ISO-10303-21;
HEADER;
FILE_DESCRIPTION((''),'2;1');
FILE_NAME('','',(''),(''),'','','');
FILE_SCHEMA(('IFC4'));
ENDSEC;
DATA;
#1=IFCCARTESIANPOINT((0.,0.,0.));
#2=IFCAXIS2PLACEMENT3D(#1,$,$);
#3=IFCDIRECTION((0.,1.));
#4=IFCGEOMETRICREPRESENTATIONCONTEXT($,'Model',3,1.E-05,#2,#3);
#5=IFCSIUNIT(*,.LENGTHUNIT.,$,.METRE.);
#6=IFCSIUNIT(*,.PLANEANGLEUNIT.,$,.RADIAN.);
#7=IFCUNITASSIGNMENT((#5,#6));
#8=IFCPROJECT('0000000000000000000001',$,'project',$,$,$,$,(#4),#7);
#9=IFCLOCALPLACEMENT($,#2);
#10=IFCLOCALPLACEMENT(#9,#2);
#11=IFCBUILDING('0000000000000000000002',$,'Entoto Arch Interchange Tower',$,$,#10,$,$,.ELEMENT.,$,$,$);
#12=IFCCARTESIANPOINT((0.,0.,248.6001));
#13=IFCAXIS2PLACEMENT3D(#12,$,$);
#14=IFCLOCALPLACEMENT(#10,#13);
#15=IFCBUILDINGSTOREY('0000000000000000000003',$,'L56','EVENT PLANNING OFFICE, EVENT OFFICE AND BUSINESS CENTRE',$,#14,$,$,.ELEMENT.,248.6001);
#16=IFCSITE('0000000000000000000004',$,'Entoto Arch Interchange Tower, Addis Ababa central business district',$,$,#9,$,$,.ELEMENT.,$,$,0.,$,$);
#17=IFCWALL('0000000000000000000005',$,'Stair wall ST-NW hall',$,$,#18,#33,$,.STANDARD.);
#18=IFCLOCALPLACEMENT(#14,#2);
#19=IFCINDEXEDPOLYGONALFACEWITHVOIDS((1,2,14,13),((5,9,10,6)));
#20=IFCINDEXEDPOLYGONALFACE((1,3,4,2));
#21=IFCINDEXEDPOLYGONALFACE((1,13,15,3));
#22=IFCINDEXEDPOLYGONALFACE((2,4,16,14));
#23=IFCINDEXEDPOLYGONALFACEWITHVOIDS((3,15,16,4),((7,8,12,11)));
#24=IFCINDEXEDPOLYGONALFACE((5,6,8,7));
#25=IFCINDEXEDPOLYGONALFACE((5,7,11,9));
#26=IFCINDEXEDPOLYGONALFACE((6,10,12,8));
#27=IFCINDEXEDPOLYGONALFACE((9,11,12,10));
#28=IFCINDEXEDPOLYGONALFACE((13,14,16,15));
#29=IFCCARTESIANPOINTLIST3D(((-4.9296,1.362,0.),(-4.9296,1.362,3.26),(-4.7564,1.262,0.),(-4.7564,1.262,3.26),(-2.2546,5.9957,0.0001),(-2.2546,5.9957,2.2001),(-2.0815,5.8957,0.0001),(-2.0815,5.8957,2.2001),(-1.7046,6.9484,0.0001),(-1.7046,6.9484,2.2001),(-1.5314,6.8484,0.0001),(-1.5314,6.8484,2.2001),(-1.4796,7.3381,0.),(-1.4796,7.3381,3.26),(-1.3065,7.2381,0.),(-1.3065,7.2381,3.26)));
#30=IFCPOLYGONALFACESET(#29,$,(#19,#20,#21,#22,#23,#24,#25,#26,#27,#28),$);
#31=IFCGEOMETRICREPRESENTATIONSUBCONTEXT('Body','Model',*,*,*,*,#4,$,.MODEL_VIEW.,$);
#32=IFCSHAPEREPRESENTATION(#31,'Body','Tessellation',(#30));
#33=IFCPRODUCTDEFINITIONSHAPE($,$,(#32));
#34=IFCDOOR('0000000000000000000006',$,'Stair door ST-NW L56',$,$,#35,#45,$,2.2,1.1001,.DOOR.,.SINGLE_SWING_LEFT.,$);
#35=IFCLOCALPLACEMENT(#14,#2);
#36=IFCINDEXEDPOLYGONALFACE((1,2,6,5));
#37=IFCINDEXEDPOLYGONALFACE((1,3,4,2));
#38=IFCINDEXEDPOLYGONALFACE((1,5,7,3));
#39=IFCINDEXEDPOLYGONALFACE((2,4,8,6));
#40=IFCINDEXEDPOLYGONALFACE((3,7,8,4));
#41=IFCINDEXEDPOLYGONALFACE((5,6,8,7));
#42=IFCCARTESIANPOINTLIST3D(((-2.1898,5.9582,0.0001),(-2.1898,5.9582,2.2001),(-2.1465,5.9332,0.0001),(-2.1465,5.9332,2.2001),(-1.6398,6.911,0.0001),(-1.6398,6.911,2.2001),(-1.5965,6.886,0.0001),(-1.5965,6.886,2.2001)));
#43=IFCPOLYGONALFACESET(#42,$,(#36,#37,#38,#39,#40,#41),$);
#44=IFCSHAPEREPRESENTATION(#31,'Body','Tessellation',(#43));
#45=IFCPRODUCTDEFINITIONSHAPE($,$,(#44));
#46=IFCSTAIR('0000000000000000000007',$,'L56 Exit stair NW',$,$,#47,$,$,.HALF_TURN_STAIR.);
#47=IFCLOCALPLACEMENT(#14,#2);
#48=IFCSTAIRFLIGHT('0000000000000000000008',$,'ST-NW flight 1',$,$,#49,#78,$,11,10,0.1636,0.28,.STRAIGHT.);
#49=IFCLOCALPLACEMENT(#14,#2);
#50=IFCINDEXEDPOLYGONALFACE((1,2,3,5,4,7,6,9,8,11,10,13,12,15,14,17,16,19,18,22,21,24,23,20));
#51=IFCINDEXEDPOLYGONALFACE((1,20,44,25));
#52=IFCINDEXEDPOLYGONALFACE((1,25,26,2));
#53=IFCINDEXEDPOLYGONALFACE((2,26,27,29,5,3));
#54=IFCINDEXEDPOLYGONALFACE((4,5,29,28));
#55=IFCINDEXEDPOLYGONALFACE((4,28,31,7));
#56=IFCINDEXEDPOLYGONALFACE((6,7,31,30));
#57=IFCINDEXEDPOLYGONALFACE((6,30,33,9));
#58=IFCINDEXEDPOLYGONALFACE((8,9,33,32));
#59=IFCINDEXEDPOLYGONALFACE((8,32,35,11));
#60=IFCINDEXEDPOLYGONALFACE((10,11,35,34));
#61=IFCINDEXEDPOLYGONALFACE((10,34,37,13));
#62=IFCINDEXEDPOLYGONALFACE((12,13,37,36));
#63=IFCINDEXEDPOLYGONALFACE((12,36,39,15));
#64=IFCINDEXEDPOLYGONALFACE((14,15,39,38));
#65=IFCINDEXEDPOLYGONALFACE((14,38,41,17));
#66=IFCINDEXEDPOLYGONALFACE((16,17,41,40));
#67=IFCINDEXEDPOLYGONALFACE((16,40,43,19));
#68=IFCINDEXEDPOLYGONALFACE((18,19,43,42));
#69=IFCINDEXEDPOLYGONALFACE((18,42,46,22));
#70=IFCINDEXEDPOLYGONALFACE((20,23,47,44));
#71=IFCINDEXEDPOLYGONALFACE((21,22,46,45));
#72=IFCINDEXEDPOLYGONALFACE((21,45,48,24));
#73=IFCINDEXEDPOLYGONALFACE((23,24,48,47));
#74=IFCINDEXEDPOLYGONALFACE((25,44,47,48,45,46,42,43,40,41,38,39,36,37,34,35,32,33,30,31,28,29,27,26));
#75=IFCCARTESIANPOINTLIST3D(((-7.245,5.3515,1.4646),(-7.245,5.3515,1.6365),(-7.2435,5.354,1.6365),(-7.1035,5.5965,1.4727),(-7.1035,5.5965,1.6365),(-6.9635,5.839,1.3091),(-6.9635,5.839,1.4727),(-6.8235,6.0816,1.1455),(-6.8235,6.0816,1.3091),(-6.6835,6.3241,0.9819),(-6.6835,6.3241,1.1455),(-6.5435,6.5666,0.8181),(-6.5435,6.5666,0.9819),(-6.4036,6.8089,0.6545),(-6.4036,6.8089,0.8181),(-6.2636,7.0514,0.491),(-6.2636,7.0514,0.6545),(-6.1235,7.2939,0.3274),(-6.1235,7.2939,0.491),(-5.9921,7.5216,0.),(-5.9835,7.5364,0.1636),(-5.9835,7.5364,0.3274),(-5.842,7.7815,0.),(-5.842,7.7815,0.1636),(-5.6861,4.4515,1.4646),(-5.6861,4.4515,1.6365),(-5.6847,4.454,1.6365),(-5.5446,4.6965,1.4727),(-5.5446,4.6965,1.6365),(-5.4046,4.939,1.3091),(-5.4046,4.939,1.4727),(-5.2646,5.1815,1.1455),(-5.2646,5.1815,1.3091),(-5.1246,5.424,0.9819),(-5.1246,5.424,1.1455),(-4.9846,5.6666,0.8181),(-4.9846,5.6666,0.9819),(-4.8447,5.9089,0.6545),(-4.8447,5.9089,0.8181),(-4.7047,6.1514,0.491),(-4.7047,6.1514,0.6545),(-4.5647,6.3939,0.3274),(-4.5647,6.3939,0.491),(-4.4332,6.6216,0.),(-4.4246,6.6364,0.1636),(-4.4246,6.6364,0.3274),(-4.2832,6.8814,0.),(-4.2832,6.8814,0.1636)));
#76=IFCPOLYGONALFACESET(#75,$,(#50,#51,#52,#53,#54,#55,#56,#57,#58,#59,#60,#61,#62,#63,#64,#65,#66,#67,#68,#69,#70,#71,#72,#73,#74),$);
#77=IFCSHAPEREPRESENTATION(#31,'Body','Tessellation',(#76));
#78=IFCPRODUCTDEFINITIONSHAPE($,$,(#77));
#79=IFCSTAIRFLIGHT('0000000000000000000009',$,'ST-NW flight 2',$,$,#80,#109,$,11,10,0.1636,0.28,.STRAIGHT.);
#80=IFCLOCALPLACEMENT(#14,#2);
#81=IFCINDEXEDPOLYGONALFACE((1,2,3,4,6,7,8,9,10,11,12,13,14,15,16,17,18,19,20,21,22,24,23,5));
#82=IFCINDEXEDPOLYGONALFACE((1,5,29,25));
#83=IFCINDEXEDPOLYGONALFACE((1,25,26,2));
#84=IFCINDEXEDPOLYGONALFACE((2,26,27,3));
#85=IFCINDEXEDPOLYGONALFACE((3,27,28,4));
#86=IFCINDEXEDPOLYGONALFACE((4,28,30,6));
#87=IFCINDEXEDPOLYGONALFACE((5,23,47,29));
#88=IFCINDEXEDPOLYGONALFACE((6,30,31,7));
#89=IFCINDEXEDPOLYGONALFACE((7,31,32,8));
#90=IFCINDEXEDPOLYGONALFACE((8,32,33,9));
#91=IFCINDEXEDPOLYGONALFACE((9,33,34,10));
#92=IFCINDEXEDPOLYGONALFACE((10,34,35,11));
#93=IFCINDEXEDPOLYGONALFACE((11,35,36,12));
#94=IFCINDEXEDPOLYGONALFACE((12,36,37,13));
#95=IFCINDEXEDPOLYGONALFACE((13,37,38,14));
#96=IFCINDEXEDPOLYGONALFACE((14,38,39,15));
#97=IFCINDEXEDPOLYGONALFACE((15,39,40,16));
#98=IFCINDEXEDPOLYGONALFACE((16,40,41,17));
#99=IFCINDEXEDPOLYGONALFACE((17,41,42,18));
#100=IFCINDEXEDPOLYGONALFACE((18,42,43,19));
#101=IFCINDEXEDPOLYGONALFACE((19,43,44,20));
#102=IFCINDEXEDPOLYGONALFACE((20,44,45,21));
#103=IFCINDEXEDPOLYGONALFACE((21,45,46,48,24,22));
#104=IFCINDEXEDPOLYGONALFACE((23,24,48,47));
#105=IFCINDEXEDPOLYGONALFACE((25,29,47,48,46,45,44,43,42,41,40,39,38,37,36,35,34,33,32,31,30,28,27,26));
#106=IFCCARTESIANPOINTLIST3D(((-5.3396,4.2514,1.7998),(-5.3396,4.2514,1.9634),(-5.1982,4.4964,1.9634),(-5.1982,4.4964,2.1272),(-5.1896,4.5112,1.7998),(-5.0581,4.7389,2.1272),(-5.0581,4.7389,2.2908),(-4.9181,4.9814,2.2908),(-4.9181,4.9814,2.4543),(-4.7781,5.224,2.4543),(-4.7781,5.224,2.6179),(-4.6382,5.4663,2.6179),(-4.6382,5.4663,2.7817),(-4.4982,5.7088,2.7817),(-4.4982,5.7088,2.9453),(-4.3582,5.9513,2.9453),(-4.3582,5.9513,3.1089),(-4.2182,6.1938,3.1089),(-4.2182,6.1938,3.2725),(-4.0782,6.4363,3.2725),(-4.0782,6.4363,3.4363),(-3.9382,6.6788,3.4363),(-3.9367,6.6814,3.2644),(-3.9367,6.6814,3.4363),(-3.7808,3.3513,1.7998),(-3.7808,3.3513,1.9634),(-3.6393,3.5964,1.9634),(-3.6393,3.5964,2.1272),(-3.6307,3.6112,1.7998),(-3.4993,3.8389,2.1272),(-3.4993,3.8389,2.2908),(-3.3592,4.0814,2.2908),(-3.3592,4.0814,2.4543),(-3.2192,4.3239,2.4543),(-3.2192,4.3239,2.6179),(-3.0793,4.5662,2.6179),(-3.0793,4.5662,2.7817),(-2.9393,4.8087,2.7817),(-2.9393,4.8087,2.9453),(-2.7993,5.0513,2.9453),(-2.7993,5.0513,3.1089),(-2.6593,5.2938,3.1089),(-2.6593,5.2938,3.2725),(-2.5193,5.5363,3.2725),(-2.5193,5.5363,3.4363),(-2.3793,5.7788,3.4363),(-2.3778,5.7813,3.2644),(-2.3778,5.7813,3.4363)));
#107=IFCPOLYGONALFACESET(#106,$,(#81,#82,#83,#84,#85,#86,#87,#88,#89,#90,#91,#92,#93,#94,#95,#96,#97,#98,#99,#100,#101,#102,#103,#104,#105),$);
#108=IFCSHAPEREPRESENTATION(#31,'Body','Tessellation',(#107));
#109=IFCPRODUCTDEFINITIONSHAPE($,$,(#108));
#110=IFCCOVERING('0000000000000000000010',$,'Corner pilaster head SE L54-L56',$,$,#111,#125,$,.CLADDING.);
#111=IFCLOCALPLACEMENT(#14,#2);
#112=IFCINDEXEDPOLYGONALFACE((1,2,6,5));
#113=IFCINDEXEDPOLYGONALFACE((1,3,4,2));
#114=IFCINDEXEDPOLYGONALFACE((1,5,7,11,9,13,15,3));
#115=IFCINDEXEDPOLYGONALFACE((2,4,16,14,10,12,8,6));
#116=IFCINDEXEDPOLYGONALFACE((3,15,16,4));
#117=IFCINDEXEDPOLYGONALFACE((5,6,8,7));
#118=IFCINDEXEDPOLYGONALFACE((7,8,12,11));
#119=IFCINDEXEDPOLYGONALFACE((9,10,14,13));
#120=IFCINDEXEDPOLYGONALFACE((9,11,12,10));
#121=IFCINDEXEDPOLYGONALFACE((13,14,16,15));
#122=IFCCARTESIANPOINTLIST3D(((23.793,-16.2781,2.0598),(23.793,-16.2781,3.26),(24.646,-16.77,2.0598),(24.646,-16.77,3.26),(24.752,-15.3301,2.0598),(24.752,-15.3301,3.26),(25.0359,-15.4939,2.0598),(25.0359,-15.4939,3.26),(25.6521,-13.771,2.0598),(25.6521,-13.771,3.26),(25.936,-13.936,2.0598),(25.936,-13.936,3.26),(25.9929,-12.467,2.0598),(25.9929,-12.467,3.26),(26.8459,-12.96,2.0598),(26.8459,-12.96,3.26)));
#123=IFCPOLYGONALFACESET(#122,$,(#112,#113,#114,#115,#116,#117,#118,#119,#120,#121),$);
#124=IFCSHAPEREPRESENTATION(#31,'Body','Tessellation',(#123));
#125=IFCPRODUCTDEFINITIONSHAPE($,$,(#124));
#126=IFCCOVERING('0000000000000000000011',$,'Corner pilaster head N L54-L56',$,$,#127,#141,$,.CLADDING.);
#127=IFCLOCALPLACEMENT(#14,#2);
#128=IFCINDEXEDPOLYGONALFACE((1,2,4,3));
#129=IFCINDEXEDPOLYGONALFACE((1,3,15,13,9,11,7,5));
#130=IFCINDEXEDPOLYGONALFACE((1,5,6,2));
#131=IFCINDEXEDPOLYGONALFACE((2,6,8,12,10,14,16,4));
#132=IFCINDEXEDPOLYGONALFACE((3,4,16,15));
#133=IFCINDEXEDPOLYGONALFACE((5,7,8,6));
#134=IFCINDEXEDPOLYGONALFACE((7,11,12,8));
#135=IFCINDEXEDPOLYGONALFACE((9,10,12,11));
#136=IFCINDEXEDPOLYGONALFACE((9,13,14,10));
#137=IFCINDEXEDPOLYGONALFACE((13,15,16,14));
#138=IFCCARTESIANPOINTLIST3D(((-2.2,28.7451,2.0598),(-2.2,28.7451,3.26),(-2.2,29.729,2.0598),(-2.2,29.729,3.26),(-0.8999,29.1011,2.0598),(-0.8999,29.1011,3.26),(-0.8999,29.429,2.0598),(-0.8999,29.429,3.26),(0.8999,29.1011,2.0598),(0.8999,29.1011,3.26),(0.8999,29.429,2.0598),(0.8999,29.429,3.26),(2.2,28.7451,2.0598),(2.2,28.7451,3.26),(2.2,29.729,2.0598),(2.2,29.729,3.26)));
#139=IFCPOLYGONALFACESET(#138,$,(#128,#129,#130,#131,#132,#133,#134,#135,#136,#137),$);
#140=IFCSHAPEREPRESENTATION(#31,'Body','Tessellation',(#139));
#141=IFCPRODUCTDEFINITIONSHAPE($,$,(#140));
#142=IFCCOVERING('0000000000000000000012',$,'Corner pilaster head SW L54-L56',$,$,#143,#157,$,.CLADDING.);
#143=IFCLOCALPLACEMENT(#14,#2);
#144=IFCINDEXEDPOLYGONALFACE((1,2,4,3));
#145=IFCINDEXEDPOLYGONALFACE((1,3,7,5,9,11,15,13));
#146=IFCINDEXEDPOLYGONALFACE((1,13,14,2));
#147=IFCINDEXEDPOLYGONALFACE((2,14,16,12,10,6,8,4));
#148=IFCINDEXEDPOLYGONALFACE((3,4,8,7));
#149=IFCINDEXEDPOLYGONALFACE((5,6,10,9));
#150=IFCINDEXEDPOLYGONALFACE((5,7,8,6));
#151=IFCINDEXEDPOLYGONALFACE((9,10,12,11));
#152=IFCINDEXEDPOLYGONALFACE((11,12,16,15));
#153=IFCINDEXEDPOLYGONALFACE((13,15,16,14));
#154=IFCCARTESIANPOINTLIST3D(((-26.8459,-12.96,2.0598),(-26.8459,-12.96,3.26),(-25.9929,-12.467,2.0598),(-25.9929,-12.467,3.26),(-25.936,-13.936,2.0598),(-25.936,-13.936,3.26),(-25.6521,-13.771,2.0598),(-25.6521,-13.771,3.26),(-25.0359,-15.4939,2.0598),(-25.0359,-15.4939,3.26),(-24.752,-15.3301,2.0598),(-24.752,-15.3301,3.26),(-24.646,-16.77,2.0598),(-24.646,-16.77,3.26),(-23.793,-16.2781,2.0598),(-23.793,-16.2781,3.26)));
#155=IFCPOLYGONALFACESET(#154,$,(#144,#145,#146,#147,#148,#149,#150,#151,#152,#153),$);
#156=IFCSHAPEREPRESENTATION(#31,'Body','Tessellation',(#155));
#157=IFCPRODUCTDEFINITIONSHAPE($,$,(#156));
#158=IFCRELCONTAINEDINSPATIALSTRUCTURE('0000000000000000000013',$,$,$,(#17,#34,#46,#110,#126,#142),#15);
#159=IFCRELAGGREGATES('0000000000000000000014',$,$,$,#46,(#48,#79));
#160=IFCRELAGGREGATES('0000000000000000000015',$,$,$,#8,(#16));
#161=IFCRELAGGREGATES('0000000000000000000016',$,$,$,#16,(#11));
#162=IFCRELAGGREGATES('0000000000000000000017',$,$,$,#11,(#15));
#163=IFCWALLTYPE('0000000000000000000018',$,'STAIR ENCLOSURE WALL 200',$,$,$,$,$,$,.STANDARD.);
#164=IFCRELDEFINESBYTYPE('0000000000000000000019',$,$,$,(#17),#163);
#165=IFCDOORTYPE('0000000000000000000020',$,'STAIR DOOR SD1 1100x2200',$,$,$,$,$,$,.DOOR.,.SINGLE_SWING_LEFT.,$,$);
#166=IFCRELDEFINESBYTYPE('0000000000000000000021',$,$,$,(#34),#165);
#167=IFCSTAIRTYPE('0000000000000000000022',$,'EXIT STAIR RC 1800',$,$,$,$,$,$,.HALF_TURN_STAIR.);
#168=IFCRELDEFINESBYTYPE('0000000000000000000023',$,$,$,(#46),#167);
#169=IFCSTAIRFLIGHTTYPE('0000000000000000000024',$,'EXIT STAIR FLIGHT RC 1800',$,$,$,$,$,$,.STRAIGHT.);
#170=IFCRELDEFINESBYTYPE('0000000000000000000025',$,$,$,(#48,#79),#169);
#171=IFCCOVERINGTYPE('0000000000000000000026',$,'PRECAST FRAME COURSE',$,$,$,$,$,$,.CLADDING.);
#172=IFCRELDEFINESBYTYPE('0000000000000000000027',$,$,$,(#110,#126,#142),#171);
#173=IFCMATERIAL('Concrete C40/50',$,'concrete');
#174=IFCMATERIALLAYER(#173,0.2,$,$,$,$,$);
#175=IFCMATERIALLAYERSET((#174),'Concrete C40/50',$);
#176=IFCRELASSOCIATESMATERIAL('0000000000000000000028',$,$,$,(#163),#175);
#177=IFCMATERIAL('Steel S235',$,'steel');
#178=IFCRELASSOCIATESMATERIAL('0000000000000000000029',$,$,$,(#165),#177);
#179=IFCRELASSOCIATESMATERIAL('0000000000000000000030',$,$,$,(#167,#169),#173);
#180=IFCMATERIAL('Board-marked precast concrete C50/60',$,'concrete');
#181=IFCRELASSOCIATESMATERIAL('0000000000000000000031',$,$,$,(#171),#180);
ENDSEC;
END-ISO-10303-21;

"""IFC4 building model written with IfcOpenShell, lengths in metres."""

from ifc_helpers import new_model, si_unit, direction, frame, frame_2d, origin, place, context, subcontext, project, spatial, polyline, rectangle, outline, extrude, material, layer, layer_set, type_object, element, fill, aggregate, save


model = new_model("IFC4")

# Units and contexts
model_context = context("Model", 3, precision=1e-05, world=origin(), true_north=direction((0.0, 1.0)))
body_context = subcontext(model_context, "Body", "Model", "MODEL_VIEW")
ifc_project = project(units=[si_unit("LENGTHUNIT", "METRE"), si_unit("PLANEANGLEUNIT", "RADIAN")], contexts=[model_context])

# Site, building, storey
site_placement = place(None, origin())
site = spatial("IfcSite", under=ifc_project, at=site_placement, Name="Entoto Arch Interchange Tower, Addis Ababa central business district", CompositionType="ELEMENT", RefElevation=0.0)
building_placement = place(site_placement, origin())
building = spatial("IfcBuilding", under=site, at=building_placement, Name="Entoto Arch Interchange Tower", CompositionType="ELEMENT")
storey_placement = place(building_placement, frame((0.0, 0.0, 248.6001)))
storey = spatial("IfcBuildingStorey", under=building, at=storey_placement, Name="L56", Description="EVENT PLANNING OFFICE, EVENT OFFICE AND BUSINESS CENTRE", CompositionType="ELEMENT", Elevation=248.6001)

# Shared definitions
ifc_material_1 = material(Name="Board-marked precast concrete C50/60", Category="concrete")

# Shared definitions
ifc_material_2 = material(Name="Concrete C40/50", Category="concrete")

# Shared definitions
ifc_layer_1 = layer(ifc_material_2, 0.2)
ifc_layer_set_1 = layer_set([ifc_layer_1], Name="Concrete C40/50")
wall_type_1 = type_object("IfcWallType", Name="STAIR ENCLOSURE WALL 200", PredefinedType="STANDARD", material=ifc_layer_set_1)
ifc_material_3 = material(Name="Steel S235", Category="steel")
door_type_1 = type_object("IfcDoorType", Name="STAIR DOOR SD1 1100x2200", OperationType="SINGLE_SWING_LEFT", PredefinedType="DOOR", material=ifc_material_3)

# Wall, opening, door
wall_1_placement = place(storey_placement, frame((-1.3931, 7.2881, 0.0), z_axis=(0.0, 0.0, 1.0), x_axis=(-0.499963, -0.866047, 0.0)))
wall_1 = element("IfcWall", 1, at=wall_1_placement, inside=storey, type_object=wall_type_1, Name="Stair wall ST-NW hall", PredefinedType="STANDARD", context=body_context, shape_type="SweptSolid", body=[
    extrude(rectangle(XDim=6.9004, YDim=0.2, at=frame_2d((3.4502, 0.0))), origin(), (0.0, 0.0, 1.0), 3.26),
])
opening_1_placement = place(wall_1_placement, frame((0.45, 0.0, 0.0)))
opening_1 = element("IfcOpeningElement", 2, at=opening_1_placement, cuts=wall_1, PredefinedType="OPENING", context=body_context, shape_type="SweptSolid", body=[
    extrude(rectangle(XDim=1.1001, YDim=2.2, at=frame_2d((0.55, 1.1001))), frame((0.0, 0.1099, 0.0), z_axis=(0.0, -1.0, 0.0), x_axis=(1.0, 0.0, 0.0)), (0.0, 0.0, 1.0), 0.22),
])
door_1_placement = place(opening_1_placement, origin())
door_1 = element("IfcDoor", 3, at=door_1_placement, inside=storey, type_object=door_type_1, Name="Stair door ST-NW L56", OperationType="SINGLE_SWING_LEFT", OverallHeight=2.2, OverallWidth=1.1001, PredefinedType="DOOR", context=body_context, shape_type="SweptSolid", body=[
    extrude(rectangle(XDim=1.1001, YDim=2.2, at=frame_2d((0.55, 1.1001))), frame((0.0, 0.0249, 0.0), z_axis=(0.0, -1.0, 0.0), x_axis=(1.0, 0.0, 0.0)), (0.0, 0.0, 1.0), 0.05),
])
fill(opening_1, door_1)

# Stair, stair flights
stair_type = type_object("IfcStairType", Name="EXIT STAIR RC 1800", PredefinedType="HALF_TURN_STAIR", material=ifc_material_2)
stair_placement = place(storey_placement, origin())
stair = element("IfcStair", 4, at=stair_placement, inside=storey, type_object=stair_type, Name="L56 Exit stair NW", PredefinedType="HALF_TURN_STAIR")
stair_flight_type = type_object("IfcStairFlightType", Name="EXIT STAIR FLIGHT RC 1800", PredefinedType="STRAIGHT", material=ifc_material_2)
stair_flight_1_placement = place(storey_placement, frame((-5.064, 7.3289, 0.0), z_axis=(0.0, 0.0, 1.0), x_axis=(-0.5, -0.866025, 0.0)))
stair_flight_1 = element("IfcStairFlight", 5, at=stair_flight_1_placement, type_object=stair_flight_type, Name="ST-NW flight 1", NumberOfRisers=11, NumberOfTreads=10, PredefinedType="STRAIGHT", RiserHeight=0.1636, TreadLength=0.28, context=body_context, shape_type="SweptSolid", body=[
    extrude(outline(polyline([(-0.0029, 0.0), (-0.0029, 0.1636), (0.28, 0.1636), (0.28, 0.3274), (0.5601, 0.3274), (0.5601, 0.491), (0.8401, 0.491), (0.8401, 0.6545), (1.1201, 0.6545), (1.1201, 0.8181), (1.3999, 0.8181), (1.3999, 0.9819), (1.6799, 0.9819), (1.6799, 1.1455), (1.96, 1.1455), (1.96, 1.3091), (2.24, 1.3091), (2.24, 1.4727), (2.52, 1.4727), (2.52, 1.6365), (2.8, 1.6365), (2.803, 1.6365), (2.803, 1.4646), (0.2971, 0.0), (-0.0029, 0.0)])), frame((0.0, 0.8999, 0.0), z_axis=(0.0, -1.0, 0.0), x_axis=(1.0, 0.0, 0.0)), (0.0, 0.0, 1.0), 1.8),
])
stair_flight_2_placement = place(storey_placement, frame((-4.5588, 3.804, 1.7998), z_axis=(0.0, 0.0, 1.0), x_axis=(0.5, 0.866025, 0.0)))
stair_flight_2 = element("IfcStairFlight", 6, at=stair_flight_2_placement, type_object=stair_flight_type, Name="ST-NW flight 2", NumberOfRisers=11, NumberOfTreads=10, PredefinedType="STRAIGHT", RiserHeight=0.1636, TreadLength=0.28, context=body_context, shape_type="SweptSolid", body=[
    extrude(outline(polyline([(-0.0029, 0.0), (-0.0029, 0.1636), (0.28, 0.1636), (0.28, 0.3274), (0.5601, 0.3274), (0.5601, 0.491), (0.8401, 0.491), (0.8401, 0.6545), (1.1201, 0.6545), (1.1201, 0.8181), (1.3999, 0.8181), (1.3999, 0.9819), (1.6799, 0.9819), (1.6799, 1.1455), (1.96, 1.1455), (1.96, 1.3091), (2.24, 1.3091), (2.24, 1.4727), (2.52, 1.4727), (2.52, 1.6365), (2.8, 1.6365), (2.803, 1.6365), (2.803, 1.4646), (0.2971, 0.0), (-0.0029, 0.0)])), frame((0.0, 0.8999, 0.0), z_axis=(0.0, -1.0, 0.0), x_axis=(1.0, 0.0, 0.0)), (0.0, 0.0, 1.0), 1.8),
])
aggregate(stair, [stair_flight_1, stair_flight_2])

# Coverings
covering_type = type_object("IfcCoveringType", Name="PRECAST FRAME COURSE", PredefinedType="CLADDING", material=ifc_material_1)
covering_1_placement = place(storey_placement, frame((0.0, 0.0, 2.0598)))
element("IfcCovering", 7, at=covering_1_placement, inside=storey, type_object=covering_type, Name="Corner pilaster head SE L54-L56", PredefinedType="CLADDING", context=body_context, shape_type="SweptSolid", body=[
    extrude(outline(polyline([(26.8459, -12.96), (24.646, -16.77), (23.793, -16.2781), (24.752, -15.3301), (25.0359, -15.4939), (25.936, -13.936), (25.6521, -13.771), (25.9929, -12.467), (26.8459, -12.96)])), origin(), (0.0, 0.0, 1.0), 1.2002),
])
covering_2_placement = place(storey_placement, frame((0.0, 0.0, 2.0598)))
element("IfcCovering", 8, at=covering_2_placement, inside=storey, type_object=covering_type, Name="Corner pilaster head N L54-L56", PredefinedType="CLADDING", context=body_context, shape_type="SweptSolid", body=[
    extrude(outline(polyline([(-2.2, 29.729), (2.2, 29.729), (2.2, 28.7451), (0.8999, 29.1011), (0.8999, 29.429), (-0.8999, 29.429), (-0.8999, 29.1011), (-2.2, 28.7451), (-2.2, 29.729)])), origin(), (0.0, 0.0, 1.0), 1.2002),
])
covering_3_placement = place(storey_placement, frame((0.0, 0.0, 2.0598)))
element("IfcCovering", 9, at=covering_3_placement, inside=storey, type_object=covering_type, Name="Corner pilaster head SW L54-L56", PredefinedType="CLADDING", context=body_context, shape_type="SweptSolid", body=[
    extrude(outline(polyline([(-24.646, -16.77), (-26.8459, -12.96), (-25.9929, -12.467), (-25.6521, -13.771), (-25.936, -13.936), (-25.0359, -15.4939), (-24.752, -15.3301), (-23.793, -16.2781), (-24.646, -16.77)])), origin(), (0.0, 0.0, 1.0), 1.2002),
])

save(model, "model.ifc")
